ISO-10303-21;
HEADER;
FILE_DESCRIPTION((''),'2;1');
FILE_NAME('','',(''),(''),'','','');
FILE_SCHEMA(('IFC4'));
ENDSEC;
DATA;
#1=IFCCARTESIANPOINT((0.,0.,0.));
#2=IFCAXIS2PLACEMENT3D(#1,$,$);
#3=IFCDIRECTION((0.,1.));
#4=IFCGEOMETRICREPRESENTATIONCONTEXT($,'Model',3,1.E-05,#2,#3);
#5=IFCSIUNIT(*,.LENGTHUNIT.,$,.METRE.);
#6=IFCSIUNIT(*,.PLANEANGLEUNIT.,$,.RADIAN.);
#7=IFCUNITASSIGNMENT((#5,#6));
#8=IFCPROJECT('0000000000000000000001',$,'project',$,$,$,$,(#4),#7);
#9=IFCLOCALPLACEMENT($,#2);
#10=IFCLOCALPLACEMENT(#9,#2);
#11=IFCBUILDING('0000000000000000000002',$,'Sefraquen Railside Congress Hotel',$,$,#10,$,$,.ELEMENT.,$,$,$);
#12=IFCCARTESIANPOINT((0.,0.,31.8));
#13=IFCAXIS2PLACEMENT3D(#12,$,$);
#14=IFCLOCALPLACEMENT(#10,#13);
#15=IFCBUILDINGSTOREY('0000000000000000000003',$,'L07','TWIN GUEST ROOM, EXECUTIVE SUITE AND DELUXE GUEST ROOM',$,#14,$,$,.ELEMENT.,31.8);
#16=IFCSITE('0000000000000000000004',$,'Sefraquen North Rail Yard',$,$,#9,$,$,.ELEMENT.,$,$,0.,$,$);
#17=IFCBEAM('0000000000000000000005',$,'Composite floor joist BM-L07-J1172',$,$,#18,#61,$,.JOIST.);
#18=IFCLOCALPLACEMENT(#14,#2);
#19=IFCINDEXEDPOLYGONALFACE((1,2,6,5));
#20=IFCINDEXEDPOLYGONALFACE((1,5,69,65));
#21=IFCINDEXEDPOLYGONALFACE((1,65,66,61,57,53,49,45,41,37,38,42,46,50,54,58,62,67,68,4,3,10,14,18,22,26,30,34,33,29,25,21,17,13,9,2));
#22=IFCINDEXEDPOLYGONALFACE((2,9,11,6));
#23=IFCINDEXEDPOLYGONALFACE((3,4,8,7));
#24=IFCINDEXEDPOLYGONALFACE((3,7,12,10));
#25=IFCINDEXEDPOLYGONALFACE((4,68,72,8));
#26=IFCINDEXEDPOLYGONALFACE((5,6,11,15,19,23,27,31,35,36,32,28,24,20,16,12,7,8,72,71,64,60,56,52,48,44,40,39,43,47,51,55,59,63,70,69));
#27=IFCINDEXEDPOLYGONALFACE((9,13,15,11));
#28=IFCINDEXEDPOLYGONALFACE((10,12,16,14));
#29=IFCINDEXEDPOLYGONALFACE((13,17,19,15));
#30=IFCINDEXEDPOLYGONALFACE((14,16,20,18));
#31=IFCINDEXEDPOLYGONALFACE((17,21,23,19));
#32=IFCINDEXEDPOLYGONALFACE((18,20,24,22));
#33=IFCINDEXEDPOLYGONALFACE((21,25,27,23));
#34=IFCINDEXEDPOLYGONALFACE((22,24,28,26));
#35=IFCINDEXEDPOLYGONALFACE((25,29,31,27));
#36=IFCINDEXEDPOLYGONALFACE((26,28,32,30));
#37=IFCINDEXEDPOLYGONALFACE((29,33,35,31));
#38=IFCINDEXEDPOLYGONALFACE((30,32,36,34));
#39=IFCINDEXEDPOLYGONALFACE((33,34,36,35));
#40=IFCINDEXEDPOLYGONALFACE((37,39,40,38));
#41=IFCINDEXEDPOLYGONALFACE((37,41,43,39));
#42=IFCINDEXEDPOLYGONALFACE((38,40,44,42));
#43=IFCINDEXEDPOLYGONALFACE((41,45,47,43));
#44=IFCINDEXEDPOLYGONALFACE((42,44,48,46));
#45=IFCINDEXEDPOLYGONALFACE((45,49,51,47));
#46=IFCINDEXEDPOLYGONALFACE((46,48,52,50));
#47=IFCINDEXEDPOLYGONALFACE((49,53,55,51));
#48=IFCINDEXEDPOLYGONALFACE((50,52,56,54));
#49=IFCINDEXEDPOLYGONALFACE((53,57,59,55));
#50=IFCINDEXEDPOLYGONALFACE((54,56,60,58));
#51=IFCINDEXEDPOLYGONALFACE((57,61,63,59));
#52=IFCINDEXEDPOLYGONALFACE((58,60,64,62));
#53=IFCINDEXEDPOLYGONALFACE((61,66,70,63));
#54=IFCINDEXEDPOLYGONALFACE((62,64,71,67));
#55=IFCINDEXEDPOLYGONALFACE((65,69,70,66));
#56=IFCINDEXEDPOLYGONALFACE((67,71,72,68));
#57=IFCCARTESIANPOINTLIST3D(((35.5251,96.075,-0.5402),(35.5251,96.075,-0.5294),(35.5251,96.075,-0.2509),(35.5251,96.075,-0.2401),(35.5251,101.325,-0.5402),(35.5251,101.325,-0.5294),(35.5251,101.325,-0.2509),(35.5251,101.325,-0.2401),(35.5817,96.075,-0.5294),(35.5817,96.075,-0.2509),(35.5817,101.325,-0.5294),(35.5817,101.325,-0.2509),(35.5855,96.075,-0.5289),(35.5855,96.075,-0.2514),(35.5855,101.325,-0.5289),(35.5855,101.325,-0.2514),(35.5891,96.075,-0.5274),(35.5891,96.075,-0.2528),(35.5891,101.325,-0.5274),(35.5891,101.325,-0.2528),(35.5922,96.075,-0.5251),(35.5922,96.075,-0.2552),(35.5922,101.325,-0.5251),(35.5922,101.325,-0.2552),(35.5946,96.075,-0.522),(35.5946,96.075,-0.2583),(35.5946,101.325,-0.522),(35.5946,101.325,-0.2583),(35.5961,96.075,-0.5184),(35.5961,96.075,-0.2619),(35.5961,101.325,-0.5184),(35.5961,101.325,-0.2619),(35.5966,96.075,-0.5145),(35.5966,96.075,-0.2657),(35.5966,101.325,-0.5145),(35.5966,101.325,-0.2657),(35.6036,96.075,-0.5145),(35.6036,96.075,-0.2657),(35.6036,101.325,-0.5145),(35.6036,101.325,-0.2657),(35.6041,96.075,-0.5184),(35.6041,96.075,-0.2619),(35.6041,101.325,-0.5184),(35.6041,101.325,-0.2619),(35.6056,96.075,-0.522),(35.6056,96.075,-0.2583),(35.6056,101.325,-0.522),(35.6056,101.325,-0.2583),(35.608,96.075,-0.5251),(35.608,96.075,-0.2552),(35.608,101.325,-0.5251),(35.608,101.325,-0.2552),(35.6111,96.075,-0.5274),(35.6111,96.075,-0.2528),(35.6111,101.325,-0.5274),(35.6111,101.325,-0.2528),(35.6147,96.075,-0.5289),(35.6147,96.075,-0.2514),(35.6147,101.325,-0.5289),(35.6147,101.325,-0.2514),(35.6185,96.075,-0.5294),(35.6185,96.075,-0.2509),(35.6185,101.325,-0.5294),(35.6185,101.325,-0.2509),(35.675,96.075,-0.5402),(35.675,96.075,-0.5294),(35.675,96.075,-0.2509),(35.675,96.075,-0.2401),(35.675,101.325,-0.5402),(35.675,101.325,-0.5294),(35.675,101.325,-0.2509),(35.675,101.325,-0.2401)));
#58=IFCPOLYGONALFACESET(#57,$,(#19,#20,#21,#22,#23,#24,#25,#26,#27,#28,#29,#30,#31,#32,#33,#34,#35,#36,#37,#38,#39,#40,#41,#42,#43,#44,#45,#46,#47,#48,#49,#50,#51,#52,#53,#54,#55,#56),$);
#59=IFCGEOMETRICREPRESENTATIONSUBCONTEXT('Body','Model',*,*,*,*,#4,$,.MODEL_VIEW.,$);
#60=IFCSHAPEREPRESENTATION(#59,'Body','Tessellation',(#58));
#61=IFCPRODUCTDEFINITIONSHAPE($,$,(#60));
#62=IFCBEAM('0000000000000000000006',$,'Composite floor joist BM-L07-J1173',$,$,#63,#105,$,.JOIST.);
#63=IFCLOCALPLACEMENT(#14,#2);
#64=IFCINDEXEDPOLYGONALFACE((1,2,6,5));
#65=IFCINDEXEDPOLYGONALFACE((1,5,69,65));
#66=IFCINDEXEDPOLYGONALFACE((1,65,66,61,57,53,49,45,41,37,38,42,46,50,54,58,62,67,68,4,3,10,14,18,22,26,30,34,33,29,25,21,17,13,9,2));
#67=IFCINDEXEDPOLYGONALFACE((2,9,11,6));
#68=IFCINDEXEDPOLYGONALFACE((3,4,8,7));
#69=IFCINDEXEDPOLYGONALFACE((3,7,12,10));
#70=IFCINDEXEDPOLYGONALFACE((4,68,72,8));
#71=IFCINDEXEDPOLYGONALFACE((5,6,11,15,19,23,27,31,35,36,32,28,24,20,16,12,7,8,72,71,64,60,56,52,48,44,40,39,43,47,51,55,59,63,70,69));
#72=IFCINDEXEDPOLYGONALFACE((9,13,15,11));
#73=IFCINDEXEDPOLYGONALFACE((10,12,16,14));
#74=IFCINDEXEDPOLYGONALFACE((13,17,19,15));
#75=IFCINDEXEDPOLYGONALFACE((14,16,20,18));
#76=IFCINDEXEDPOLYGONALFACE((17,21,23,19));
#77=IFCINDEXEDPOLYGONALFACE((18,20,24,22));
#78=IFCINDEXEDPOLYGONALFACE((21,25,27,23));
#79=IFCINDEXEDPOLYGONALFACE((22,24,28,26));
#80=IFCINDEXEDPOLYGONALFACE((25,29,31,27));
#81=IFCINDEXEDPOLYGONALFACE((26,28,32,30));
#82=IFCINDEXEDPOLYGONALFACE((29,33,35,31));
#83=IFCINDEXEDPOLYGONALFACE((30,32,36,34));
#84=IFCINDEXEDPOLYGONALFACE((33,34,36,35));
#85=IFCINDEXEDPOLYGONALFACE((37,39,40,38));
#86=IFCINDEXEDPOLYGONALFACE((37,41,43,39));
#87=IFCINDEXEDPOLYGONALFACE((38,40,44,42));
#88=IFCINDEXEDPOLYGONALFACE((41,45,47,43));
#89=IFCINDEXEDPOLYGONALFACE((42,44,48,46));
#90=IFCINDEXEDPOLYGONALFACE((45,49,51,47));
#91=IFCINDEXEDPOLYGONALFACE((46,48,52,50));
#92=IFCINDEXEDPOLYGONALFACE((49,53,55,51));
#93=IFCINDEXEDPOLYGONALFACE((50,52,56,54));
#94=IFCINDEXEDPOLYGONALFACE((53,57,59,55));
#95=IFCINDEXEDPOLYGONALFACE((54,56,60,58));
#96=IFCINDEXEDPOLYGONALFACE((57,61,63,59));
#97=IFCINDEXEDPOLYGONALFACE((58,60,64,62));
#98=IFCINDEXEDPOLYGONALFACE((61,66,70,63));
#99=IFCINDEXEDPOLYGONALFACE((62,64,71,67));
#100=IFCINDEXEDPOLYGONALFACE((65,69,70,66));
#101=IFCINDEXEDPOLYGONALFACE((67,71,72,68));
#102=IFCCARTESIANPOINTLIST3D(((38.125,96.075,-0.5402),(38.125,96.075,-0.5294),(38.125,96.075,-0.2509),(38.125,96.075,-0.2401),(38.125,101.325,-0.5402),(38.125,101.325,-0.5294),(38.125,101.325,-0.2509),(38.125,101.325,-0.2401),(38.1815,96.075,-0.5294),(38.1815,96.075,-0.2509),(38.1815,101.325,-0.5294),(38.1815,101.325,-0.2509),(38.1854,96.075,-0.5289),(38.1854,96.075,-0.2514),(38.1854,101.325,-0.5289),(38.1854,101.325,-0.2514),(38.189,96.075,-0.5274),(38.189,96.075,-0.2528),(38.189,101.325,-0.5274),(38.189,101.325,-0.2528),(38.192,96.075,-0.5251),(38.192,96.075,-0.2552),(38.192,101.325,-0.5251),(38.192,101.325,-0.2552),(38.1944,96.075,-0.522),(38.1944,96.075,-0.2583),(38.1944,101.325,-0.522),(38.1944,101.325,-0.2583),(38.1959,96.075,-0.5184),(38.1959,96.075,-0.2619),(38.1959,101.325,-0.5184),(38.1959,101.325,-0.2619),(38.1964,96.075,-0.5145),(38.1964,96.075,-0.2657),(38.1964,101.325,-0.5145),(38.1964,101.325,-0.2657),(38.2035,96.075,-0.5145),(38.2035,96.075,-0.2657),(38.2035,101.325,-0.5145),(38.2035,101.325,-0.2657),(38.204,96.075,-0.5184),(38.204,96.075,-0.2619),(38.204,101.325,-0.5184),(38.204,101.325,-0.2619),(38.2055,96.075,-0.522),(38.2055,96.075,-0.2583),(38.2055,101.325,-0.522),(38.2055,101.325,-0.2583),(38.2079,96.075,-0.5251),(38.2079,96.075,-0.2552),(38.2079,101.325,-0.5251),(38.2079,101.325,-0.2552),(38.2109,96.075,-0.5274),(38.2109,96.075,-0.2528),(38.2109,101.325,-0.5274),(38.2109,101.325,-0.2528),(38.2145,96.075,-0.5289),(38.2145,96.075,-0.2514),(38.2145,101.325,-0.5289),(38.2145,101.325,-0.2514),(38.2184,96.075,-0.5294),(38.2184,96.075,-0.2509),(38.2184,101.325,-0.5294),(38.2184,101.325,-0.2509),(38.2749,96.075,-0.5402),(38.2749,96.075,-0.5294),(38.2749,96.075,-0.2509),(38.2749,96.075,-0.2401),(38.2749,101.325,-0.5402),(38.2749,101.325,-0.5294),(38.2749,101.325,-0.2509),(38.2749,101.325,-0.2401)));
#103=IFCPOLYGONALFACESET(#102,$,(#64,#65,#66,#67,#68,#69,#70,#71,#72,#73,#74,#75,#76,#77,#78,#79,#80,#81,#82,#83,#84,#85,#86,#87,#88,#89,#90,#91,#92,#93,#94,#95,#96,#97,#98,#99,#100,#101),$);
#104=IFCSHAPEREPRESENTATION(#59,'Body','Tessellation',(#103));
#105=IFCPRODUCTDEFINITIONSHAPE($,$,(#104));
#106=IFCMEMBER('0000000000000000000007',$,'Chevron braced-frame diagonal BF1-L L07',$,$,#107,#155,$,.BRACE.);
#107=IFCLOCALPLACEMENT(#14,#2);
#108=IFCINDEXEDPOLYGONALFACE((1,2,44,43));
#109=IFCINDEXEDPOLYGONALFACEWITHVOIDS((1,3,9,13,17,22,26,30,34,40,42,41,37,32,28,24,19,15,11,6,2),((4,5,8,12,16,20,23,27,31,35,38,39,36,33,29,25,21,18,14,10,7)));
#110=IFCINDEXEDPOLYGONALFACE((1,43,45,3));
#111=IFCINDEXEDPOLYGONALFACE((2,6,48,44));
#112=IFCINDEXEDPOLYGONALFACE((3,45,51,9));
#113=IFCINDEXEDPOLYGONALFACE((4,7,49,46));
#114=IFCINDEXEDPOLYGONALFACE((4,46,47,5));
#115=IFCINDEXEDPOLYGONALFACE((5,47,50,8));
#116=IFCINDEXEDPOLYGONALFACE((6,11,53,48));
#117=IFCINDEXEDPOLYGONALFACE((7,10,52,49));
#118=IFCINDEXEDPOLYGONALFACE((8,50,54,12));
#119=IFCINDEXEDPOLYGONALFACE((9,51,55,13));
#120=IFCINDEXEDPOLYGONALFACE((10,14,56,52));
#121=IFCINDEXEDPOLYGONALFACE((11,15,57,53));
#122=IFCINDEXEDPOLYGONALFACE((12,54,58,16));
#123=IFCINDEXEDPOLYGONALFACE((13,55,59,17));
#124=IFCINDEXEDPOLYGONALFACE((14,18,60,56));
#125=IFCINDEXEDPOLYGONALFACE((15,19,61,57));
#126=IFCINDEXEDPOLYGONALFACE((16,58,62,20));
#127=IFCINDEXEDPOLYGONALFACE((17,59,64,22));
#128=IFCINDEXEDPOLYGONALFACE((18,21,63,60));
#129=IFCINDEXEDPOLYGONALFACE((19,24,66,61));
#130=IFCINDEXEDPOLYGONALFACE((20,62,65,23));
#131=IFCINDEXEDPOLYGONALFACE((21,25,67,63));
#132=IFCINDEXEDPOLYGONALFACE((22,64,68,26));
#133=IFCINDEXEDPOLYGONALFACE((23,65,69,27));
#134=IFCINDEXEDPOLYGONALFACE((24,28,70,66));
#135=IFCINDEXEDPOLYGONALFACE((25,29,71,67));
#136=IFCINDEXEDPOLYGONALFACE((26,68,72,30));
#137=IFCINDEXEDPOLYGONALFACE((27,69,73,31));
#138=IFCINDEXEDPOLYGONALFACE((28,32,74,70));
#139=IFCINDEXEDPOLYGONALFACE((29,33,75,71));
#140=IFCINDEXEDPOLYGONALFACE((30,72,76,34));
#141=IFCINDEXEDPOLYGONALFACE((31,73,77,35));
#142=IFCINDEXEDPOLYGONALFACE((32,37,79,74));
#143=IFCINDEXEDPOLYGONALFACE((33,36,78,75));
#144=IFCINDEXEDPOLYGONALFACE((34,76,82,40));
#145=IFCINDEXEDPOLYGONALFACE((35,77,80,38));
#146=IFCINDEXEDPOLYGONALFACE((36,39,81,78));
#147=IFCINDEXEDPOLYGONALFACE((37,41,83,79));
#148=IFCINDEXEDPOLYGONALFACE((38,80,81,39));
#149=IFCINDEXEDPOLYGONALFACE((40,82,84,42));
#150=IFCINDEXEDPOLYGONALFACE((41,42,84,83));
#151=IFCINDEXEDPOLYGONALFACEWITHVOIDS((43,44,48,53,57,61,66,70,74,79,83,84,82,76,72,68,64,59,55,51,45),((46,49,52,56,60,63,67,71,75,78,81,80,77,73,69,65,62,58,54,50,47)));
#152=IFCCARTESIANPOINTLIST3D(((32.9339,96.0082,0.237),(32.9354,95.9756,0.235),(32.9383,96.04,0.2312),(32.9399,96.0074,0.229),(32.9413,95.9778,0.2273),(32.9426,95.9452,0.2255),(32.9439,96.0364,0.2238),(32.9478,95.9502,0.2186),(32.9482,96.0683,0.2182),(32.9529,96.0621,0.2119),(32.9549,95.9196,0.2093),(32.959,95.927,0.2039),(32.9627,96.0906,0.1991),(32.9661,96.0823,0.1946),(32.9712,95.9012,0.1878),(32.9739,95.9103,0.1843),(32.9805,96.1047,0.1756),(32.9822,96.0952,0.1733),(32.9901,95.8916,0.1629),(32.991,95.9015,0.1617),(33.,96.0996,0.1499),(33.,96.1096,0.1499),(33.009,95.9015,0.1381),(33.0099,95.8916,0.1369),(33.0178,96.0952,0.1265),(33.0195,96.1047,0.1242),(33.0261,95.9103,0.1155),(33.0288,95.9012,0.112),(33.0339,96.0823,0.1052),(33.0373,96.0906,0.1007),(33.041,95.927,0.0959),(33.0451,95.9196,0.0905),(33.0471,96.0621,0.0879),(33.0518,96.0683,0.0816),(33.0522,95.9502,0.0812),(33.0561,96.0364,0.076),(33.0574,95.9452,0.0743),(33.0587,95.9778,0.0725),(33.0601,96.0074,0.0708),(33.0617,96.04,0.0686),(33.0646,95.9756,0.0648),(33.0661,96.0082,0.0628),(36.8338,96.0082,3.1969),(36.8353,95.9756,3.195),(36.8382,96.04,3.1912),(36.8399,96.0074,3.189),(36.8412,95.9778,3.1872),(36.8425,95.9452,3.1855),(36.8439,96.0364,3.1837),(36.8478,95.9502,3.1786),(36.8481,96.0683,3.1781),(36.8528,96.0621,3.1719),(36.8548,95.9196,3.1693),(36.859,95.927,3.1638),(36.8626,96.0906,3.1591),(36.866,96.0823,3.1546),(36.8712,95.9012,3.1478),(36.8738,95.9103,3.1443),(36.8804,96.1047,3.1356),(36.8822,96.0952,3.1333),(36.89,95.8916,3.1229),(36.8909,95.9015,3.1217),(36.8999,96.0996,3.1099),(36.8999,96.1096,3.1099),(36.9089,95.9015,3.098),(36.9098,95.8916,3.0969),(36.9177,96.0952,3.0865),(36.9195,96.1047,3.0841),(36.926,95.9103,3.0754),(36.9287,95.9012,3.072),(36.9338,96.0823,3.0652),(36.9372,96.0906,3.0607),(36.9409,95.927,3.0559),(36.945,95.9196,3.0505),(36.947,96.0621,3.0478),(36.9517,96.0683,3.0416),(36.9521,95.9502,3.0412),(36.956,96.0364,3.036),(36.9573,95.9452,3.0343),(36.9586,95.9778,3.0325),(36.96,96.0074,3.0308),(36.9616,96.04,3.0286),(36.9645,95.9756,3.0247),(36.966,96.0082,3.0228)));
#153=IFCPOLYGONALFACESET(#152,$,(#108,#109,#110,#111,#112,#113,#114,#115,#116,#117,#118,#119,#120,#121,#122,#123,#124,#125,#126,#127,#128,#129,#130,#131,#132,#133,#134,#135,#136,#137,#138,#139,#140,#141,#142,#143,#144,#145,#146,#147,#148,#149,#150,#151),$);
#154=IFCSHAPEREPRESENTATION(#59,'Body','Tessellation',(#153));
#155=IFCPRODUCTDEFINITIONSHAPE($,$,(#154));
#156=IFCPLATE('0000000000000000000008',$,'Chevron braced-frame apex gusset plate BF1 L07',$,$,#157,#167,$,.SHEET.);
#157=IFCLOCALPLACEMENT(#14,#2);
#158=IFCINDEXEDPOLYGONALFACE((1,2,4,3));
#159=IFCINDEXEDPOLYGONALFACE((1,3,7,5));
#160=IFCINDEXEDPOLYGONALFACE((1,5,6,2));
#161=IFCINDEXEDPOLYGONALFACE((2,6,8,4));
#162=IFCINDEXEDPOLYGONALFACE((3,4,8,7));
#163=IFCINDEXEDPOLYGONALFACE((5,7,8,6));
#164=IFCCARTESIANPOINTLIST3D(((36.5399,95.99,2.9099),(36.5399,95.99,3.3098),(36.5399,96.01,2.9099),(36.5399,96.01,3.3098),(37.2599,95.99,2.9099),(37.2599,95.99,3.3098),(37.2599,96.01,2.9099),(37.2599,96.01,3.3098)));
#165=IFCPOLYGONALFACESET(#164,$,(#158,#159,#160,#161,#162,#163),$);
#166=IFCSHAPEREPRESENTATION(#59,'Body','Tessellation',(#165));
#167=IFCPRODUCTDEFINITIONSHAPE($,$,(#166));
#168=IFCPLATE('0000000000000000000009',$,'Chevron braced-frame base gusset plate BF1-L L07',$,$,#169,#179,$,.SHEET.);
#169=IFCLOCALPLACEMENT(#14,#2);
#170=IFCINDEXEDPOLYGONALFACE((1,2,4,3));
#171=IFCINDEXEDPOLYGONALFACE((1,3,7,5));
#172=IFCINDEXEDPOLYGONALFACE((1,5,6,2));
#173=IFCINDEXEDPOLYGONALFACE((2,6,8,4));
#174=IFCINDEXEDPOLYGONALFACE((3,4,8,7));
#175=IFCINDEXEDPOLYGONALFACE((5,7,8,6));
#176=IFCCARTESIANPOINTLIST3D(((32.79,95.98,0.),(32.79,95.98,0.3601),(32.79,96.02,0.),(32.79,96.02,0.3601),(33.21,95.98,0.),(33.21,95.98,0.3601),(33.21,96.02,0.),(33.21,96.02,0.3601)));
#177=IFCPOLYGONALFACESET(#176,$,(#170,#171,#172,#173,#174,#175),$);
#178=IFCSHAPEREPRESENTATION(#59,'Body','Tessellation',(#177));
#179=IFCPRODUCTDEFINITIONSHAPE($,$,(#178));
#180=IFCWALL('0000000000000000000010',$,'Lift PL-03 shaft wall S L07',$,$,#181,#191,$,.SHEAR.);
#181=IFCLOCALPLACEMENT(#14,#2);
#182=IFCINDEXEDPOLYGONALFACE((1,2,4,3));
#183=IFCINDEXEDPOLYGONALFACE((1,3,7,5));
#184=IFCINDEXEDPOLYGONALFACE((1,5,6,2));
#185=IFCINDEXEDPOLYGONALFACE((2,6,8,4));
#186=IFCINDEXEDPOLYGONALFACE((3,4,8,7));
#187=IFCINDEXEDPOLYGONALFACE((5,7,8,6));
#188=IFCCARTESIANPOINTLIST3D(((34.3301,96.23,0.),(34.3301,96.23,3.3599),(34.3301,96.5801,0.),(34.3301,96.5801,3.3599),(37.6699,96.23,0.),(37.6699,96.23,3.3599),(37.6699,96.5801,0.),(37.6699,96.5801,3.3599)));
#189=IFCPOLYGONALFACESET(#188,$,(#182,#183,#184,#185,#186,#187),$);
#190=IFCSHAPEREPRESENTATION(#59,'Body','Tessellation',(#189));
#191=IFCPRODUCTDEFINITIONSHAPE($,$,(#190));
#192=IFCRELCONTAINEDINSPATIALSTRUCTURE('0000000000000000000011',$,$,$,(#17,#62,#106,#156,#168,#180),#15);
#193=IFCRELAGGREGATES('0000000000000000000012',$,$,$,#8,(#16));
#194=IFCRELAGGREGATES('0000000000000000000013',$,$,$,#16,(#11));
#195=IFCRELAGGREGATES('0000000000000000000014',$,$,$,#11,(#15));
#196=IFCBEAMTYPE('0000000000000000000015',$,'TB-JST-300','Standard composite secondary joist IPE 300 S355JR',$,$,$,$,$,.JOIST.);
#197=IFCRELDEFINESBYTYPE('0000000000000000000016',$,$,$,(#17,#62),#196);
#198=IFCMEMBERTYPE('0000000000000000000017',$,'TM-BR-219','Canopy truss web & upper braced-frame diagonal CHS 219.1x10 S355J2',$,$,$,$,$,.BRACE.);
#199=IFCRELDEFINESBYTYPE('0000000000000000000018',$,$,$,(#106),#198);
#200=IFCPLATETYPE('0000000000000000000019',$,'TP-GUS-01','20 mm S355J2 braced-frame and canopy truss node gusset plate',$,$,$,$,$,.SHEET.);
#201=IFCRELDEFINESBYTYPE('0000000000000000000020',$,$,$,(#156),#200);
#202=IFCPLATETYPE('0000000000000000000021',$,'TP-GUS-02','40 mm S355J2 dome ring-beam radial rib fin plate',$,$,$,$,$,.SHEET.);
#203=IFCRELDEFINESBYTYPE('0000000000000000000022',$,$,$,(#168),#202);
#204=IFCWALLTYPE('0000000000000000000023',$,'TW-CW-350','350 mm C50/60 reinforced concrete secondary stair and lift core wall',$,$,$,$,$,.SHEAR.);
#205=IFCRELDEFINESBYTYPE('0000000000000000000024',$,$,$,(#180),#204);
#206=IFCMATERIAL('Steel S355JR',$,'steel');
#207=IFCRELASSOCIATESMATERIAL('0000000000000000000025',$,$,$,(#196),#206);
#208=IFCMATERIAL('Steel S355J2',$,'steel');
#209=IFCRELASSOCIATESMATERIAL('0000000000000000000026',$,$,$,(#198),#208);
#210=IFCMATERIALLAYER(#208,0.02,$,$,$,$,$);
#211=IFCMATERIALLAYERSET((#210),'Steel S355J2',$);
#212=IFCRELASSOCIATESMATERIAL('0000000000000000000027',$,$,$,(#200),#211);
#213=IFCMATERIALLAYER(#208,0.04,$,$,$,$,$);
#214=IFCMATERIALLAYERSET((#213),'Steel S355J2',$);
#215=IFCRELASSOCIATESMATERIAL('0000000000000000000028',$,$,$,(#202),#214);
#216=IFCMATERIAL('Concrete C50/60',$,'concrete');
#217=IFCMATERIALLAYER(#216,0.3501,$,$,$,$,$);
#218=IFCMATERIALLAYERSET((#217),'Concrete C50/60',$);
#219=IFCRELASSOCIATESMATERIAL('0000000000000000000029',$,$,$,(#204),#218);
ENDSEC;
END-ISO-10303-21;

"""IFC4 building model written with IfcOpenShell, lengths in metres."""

from ifc_helpers import new_model, si_unit, direction, frame, frame_2d, origin, origin_2d, place, context, subcontext, project, spatial, rectangle, hollow_circle, i_section, extrude, material, layer, layer_set, material_profile, profile_set, type_object, element, save


model = new_model("IFC4")

# Units and contexts
model_context = context("Model", 3, precision=1e-05, world=origin(), true_north=direction((0.0, 1.0)))
body_context = subcontext(model_context, "Body", "Model", "MODEL_VIEW")
ifc_project = project(units=[si_unit("LENGTHUNIT", "METRE"), si_unit("PLANEANGLEUNIT", "RADIAN")], contexts=[model_context])

# Site, building, storey
site_placement = place(None, origin())
site = spatial("IfcSite", under=ifc_project, at=site_placement, Name="Sefraquen North Rail Yard", CompositionType="ELEMENT", RefElevation=0.0)
building_placement = place(site_placement, origin())
building = spatial("IfcBuilding", under=site, at=building_placement, Name="Sefraquen Railside Congress Hotel", CompositionType="ELEMENT")
storey_placement = place(building_placement, frame((0.0, 0.0, 31.8)))
storey = spatial("IfcBuildingStorey", under=building, at=storey_placement, Name="L07", Description="TWIN GUEST ROOM, EXECUTIVE SUITE AND DELUXE GUEST ROOM", CompositionType="ELEMENT", Elevation=31.8)

# Shared definitions
ifc_material_1 = material(Name="Steel S355JR", Category="steel")

# Beams
ifc_material_profile_1 = material_profile(ifc_material_1, i_section(OverallWidth=0.1499, OverallDepth=0.3, WebThickness=0.0071, FlangeThickness=0.0107, FilletRadius=0.0149, at=origin_2d()), Name="IPE 300")
ifc_profile_set_1 = profile_set([ifc_material_profile_1], Name="Steel S355JR")
beam_type_1 = type_object("IfcBeamType", Name="TB-JST-300", Description="Standard composite secondary joist IPE 300 S355JR", PredefinedType="JOIST", material=ifc_profile_set_1)
for number, where, z_axis, x_axis, name in (
    (1, (35.6001, 96.075, -0.3901), (0.0, 1.0, 0.0), (-1.0, 0.0, 0.0), "Composite floor joist BM-L07-J1172"),
    (2, (38.2, 96.075, -0.3901), (0.0, 1.0, 0.0), (-1.0, 0.0, 0.0), "Composite floor joist BM-L07-J1173"),
):
    element("IfcBeam", number, at=place(storey_placement, frame(where, z_axis=z_axis, x_axis=x_axis)), inside=storey, type_object=beam_type_1, Name=name, PredefinedType="JOIST", context=body_context, shape_type="SweptSolid", body=[
        extrude(i_section(OverallWidth=0.1499, OverallDepth=0.3, WebThickness=0.0071, FlangeThickness=0.0107, FilletRadius=0.0149, at=origin_2d()), origin(), (0.0, 0.0, 1.0), 5.25),
    ])

# Member
ifc_material_2 = material(Name="Steel S355J2", Category="steel")
ifc_material_profile_2 = material_profile(ifc_material_2, hollow_circle(Radius=0.1096, WallThickness=0.01, at=origin_2d()), Name="CHS 219.1x10")
ifc_profile_set_2 = profile_set([ifc_material_profile_2], Name="Steel S355J2")
member_type = type_object("IfcMemberType", Name="TM-BR-219", Description="Canopy truss web & upper braced-frame diagonal CHS 219.1x10 S355J2", PredefinedType="BRACE", material=ifc_profile_set_2)
member_placement = place(storey_placement, frame((33.0, 96.0, 0.1499), z_axis=(0.796552, 0.0, 0.60457), x_axis=(0.0, 1.0, 0.0)))
element("IfcMember", 3, at=member_placement, inside=storey, type_object=member_type, Name="Chevron braced-frame diagonal BF1-L L07", PredefinedType="BRACE", context=body_context, shape_type="SweptSolid", body=[
    extrude(hollow_circle(Radius=0.1096, WallThickness=0.01, at=origin_2d()), origin(), (0.0, 0.0, 1.0), 4.896),
])

# Plates
ifc_layer_1 = layer(ifc_material_2, 0.02)
ifc_layer_set_1 = layer_set([ifc_layer_1], Name="Steel S355J2")
plate_type_1 = type_object("IfcPlateType", Name="TP-GUS-01", Description="20 mm S355J2 braced-frame and canopy truss node gusset plate", PredefinedType="SHEET", material=ifc_layer_set_1)
plate_1_placement = place(storey_placement, frame((36.8999, 96.0, 2.9099), z_axis=(0.0, 0.0, 1.0), x_axis=(1.0, 0.0, 0.0)))
element("IfcPlate", 4, at=plate_1_placement, inside=storey, type_object=plate_type_1, Name="Chevron braced-frame apex gusset plate BF1 L07", PredefinedType="SHEET", context=body_context, shape_type="SweptSolid", body=[
    extrude(rectangle(XDim=0.72, YDim=0.02, at=origin_2d()), origin(), (0.0, 0.0, 1.0), 0.3999),
])
ifc_layer_2 = layer(ifc_material_2, 0.04)
ifc_layer_set_2 = layer_set([ifc_layer_2], Name="Steel S355J2")
plate_type_2 = type_object("IfcPlateType", Name="TP-GUS-02", Description="40 mm S355J2 dome ring-beam radial rib fin plate", PredefinedType="SHEET", material=ifc_layer_set_2)
plate_2_placement = place(storey_placement, frame((33.0, 96.0, 0.0), z_axis=(0.0, 0.0, 1.0), x_axis=(1.0, 0.0, 0.0)))
element("IfcPlate", 5, at=plate_2_placement, inside=storey, type_object=plate_type_2, Name="Chevron braced-frame base gusset plate BF1-L L07", PredefinedType="SHEET", context=body_context, shape_type="SweptSolid", body=[
    extrude(rectangle(XDim=0.4199, YDim=0.04, at=origin_2d()), origin(), (0.0, 0.0, 1.0), 0.3601),
])

# Wall
ifc_material_3 = material(Name="Concrete C50/60", Category="concrete")
ifc_layer_3 = layer(ifc_material_3, 0.3501)
ifc_layer_set_3 = layer_set([ifc_layer_3], Name="Concrete C50/60")
wall_type = type_object("IfcWallType", Name="TW-CW-350", Description="350 mm C50/60 reinforced concrete secondary stair and lift core wall", PredefinedType="SHEAR", material=ifc_layer_set_3)
wall_1_placement = place(storey_placement, frame((34.3301, 96.405, 0.0), z_axis=(0.0, 0.0, 1.0), x_axis=(1.0, 0.0, 0.0)))
element("IfcWall", 6, at=wall_1_placement, inside=storey, type_object=wall_type, Name="Lift PL-03 shaft wall S L07", PredefinedType="SHEAR", context=body_context, shape_type="SweptSolid", body=[
    extrude(rectangle(XDim=3.3398, YDim=0.3501, at=frame_2d((1.6699, 0.0))), origin(), (0.0, 0.0, 1.0), 3.3599),
])

save(model, "model.ifc")
